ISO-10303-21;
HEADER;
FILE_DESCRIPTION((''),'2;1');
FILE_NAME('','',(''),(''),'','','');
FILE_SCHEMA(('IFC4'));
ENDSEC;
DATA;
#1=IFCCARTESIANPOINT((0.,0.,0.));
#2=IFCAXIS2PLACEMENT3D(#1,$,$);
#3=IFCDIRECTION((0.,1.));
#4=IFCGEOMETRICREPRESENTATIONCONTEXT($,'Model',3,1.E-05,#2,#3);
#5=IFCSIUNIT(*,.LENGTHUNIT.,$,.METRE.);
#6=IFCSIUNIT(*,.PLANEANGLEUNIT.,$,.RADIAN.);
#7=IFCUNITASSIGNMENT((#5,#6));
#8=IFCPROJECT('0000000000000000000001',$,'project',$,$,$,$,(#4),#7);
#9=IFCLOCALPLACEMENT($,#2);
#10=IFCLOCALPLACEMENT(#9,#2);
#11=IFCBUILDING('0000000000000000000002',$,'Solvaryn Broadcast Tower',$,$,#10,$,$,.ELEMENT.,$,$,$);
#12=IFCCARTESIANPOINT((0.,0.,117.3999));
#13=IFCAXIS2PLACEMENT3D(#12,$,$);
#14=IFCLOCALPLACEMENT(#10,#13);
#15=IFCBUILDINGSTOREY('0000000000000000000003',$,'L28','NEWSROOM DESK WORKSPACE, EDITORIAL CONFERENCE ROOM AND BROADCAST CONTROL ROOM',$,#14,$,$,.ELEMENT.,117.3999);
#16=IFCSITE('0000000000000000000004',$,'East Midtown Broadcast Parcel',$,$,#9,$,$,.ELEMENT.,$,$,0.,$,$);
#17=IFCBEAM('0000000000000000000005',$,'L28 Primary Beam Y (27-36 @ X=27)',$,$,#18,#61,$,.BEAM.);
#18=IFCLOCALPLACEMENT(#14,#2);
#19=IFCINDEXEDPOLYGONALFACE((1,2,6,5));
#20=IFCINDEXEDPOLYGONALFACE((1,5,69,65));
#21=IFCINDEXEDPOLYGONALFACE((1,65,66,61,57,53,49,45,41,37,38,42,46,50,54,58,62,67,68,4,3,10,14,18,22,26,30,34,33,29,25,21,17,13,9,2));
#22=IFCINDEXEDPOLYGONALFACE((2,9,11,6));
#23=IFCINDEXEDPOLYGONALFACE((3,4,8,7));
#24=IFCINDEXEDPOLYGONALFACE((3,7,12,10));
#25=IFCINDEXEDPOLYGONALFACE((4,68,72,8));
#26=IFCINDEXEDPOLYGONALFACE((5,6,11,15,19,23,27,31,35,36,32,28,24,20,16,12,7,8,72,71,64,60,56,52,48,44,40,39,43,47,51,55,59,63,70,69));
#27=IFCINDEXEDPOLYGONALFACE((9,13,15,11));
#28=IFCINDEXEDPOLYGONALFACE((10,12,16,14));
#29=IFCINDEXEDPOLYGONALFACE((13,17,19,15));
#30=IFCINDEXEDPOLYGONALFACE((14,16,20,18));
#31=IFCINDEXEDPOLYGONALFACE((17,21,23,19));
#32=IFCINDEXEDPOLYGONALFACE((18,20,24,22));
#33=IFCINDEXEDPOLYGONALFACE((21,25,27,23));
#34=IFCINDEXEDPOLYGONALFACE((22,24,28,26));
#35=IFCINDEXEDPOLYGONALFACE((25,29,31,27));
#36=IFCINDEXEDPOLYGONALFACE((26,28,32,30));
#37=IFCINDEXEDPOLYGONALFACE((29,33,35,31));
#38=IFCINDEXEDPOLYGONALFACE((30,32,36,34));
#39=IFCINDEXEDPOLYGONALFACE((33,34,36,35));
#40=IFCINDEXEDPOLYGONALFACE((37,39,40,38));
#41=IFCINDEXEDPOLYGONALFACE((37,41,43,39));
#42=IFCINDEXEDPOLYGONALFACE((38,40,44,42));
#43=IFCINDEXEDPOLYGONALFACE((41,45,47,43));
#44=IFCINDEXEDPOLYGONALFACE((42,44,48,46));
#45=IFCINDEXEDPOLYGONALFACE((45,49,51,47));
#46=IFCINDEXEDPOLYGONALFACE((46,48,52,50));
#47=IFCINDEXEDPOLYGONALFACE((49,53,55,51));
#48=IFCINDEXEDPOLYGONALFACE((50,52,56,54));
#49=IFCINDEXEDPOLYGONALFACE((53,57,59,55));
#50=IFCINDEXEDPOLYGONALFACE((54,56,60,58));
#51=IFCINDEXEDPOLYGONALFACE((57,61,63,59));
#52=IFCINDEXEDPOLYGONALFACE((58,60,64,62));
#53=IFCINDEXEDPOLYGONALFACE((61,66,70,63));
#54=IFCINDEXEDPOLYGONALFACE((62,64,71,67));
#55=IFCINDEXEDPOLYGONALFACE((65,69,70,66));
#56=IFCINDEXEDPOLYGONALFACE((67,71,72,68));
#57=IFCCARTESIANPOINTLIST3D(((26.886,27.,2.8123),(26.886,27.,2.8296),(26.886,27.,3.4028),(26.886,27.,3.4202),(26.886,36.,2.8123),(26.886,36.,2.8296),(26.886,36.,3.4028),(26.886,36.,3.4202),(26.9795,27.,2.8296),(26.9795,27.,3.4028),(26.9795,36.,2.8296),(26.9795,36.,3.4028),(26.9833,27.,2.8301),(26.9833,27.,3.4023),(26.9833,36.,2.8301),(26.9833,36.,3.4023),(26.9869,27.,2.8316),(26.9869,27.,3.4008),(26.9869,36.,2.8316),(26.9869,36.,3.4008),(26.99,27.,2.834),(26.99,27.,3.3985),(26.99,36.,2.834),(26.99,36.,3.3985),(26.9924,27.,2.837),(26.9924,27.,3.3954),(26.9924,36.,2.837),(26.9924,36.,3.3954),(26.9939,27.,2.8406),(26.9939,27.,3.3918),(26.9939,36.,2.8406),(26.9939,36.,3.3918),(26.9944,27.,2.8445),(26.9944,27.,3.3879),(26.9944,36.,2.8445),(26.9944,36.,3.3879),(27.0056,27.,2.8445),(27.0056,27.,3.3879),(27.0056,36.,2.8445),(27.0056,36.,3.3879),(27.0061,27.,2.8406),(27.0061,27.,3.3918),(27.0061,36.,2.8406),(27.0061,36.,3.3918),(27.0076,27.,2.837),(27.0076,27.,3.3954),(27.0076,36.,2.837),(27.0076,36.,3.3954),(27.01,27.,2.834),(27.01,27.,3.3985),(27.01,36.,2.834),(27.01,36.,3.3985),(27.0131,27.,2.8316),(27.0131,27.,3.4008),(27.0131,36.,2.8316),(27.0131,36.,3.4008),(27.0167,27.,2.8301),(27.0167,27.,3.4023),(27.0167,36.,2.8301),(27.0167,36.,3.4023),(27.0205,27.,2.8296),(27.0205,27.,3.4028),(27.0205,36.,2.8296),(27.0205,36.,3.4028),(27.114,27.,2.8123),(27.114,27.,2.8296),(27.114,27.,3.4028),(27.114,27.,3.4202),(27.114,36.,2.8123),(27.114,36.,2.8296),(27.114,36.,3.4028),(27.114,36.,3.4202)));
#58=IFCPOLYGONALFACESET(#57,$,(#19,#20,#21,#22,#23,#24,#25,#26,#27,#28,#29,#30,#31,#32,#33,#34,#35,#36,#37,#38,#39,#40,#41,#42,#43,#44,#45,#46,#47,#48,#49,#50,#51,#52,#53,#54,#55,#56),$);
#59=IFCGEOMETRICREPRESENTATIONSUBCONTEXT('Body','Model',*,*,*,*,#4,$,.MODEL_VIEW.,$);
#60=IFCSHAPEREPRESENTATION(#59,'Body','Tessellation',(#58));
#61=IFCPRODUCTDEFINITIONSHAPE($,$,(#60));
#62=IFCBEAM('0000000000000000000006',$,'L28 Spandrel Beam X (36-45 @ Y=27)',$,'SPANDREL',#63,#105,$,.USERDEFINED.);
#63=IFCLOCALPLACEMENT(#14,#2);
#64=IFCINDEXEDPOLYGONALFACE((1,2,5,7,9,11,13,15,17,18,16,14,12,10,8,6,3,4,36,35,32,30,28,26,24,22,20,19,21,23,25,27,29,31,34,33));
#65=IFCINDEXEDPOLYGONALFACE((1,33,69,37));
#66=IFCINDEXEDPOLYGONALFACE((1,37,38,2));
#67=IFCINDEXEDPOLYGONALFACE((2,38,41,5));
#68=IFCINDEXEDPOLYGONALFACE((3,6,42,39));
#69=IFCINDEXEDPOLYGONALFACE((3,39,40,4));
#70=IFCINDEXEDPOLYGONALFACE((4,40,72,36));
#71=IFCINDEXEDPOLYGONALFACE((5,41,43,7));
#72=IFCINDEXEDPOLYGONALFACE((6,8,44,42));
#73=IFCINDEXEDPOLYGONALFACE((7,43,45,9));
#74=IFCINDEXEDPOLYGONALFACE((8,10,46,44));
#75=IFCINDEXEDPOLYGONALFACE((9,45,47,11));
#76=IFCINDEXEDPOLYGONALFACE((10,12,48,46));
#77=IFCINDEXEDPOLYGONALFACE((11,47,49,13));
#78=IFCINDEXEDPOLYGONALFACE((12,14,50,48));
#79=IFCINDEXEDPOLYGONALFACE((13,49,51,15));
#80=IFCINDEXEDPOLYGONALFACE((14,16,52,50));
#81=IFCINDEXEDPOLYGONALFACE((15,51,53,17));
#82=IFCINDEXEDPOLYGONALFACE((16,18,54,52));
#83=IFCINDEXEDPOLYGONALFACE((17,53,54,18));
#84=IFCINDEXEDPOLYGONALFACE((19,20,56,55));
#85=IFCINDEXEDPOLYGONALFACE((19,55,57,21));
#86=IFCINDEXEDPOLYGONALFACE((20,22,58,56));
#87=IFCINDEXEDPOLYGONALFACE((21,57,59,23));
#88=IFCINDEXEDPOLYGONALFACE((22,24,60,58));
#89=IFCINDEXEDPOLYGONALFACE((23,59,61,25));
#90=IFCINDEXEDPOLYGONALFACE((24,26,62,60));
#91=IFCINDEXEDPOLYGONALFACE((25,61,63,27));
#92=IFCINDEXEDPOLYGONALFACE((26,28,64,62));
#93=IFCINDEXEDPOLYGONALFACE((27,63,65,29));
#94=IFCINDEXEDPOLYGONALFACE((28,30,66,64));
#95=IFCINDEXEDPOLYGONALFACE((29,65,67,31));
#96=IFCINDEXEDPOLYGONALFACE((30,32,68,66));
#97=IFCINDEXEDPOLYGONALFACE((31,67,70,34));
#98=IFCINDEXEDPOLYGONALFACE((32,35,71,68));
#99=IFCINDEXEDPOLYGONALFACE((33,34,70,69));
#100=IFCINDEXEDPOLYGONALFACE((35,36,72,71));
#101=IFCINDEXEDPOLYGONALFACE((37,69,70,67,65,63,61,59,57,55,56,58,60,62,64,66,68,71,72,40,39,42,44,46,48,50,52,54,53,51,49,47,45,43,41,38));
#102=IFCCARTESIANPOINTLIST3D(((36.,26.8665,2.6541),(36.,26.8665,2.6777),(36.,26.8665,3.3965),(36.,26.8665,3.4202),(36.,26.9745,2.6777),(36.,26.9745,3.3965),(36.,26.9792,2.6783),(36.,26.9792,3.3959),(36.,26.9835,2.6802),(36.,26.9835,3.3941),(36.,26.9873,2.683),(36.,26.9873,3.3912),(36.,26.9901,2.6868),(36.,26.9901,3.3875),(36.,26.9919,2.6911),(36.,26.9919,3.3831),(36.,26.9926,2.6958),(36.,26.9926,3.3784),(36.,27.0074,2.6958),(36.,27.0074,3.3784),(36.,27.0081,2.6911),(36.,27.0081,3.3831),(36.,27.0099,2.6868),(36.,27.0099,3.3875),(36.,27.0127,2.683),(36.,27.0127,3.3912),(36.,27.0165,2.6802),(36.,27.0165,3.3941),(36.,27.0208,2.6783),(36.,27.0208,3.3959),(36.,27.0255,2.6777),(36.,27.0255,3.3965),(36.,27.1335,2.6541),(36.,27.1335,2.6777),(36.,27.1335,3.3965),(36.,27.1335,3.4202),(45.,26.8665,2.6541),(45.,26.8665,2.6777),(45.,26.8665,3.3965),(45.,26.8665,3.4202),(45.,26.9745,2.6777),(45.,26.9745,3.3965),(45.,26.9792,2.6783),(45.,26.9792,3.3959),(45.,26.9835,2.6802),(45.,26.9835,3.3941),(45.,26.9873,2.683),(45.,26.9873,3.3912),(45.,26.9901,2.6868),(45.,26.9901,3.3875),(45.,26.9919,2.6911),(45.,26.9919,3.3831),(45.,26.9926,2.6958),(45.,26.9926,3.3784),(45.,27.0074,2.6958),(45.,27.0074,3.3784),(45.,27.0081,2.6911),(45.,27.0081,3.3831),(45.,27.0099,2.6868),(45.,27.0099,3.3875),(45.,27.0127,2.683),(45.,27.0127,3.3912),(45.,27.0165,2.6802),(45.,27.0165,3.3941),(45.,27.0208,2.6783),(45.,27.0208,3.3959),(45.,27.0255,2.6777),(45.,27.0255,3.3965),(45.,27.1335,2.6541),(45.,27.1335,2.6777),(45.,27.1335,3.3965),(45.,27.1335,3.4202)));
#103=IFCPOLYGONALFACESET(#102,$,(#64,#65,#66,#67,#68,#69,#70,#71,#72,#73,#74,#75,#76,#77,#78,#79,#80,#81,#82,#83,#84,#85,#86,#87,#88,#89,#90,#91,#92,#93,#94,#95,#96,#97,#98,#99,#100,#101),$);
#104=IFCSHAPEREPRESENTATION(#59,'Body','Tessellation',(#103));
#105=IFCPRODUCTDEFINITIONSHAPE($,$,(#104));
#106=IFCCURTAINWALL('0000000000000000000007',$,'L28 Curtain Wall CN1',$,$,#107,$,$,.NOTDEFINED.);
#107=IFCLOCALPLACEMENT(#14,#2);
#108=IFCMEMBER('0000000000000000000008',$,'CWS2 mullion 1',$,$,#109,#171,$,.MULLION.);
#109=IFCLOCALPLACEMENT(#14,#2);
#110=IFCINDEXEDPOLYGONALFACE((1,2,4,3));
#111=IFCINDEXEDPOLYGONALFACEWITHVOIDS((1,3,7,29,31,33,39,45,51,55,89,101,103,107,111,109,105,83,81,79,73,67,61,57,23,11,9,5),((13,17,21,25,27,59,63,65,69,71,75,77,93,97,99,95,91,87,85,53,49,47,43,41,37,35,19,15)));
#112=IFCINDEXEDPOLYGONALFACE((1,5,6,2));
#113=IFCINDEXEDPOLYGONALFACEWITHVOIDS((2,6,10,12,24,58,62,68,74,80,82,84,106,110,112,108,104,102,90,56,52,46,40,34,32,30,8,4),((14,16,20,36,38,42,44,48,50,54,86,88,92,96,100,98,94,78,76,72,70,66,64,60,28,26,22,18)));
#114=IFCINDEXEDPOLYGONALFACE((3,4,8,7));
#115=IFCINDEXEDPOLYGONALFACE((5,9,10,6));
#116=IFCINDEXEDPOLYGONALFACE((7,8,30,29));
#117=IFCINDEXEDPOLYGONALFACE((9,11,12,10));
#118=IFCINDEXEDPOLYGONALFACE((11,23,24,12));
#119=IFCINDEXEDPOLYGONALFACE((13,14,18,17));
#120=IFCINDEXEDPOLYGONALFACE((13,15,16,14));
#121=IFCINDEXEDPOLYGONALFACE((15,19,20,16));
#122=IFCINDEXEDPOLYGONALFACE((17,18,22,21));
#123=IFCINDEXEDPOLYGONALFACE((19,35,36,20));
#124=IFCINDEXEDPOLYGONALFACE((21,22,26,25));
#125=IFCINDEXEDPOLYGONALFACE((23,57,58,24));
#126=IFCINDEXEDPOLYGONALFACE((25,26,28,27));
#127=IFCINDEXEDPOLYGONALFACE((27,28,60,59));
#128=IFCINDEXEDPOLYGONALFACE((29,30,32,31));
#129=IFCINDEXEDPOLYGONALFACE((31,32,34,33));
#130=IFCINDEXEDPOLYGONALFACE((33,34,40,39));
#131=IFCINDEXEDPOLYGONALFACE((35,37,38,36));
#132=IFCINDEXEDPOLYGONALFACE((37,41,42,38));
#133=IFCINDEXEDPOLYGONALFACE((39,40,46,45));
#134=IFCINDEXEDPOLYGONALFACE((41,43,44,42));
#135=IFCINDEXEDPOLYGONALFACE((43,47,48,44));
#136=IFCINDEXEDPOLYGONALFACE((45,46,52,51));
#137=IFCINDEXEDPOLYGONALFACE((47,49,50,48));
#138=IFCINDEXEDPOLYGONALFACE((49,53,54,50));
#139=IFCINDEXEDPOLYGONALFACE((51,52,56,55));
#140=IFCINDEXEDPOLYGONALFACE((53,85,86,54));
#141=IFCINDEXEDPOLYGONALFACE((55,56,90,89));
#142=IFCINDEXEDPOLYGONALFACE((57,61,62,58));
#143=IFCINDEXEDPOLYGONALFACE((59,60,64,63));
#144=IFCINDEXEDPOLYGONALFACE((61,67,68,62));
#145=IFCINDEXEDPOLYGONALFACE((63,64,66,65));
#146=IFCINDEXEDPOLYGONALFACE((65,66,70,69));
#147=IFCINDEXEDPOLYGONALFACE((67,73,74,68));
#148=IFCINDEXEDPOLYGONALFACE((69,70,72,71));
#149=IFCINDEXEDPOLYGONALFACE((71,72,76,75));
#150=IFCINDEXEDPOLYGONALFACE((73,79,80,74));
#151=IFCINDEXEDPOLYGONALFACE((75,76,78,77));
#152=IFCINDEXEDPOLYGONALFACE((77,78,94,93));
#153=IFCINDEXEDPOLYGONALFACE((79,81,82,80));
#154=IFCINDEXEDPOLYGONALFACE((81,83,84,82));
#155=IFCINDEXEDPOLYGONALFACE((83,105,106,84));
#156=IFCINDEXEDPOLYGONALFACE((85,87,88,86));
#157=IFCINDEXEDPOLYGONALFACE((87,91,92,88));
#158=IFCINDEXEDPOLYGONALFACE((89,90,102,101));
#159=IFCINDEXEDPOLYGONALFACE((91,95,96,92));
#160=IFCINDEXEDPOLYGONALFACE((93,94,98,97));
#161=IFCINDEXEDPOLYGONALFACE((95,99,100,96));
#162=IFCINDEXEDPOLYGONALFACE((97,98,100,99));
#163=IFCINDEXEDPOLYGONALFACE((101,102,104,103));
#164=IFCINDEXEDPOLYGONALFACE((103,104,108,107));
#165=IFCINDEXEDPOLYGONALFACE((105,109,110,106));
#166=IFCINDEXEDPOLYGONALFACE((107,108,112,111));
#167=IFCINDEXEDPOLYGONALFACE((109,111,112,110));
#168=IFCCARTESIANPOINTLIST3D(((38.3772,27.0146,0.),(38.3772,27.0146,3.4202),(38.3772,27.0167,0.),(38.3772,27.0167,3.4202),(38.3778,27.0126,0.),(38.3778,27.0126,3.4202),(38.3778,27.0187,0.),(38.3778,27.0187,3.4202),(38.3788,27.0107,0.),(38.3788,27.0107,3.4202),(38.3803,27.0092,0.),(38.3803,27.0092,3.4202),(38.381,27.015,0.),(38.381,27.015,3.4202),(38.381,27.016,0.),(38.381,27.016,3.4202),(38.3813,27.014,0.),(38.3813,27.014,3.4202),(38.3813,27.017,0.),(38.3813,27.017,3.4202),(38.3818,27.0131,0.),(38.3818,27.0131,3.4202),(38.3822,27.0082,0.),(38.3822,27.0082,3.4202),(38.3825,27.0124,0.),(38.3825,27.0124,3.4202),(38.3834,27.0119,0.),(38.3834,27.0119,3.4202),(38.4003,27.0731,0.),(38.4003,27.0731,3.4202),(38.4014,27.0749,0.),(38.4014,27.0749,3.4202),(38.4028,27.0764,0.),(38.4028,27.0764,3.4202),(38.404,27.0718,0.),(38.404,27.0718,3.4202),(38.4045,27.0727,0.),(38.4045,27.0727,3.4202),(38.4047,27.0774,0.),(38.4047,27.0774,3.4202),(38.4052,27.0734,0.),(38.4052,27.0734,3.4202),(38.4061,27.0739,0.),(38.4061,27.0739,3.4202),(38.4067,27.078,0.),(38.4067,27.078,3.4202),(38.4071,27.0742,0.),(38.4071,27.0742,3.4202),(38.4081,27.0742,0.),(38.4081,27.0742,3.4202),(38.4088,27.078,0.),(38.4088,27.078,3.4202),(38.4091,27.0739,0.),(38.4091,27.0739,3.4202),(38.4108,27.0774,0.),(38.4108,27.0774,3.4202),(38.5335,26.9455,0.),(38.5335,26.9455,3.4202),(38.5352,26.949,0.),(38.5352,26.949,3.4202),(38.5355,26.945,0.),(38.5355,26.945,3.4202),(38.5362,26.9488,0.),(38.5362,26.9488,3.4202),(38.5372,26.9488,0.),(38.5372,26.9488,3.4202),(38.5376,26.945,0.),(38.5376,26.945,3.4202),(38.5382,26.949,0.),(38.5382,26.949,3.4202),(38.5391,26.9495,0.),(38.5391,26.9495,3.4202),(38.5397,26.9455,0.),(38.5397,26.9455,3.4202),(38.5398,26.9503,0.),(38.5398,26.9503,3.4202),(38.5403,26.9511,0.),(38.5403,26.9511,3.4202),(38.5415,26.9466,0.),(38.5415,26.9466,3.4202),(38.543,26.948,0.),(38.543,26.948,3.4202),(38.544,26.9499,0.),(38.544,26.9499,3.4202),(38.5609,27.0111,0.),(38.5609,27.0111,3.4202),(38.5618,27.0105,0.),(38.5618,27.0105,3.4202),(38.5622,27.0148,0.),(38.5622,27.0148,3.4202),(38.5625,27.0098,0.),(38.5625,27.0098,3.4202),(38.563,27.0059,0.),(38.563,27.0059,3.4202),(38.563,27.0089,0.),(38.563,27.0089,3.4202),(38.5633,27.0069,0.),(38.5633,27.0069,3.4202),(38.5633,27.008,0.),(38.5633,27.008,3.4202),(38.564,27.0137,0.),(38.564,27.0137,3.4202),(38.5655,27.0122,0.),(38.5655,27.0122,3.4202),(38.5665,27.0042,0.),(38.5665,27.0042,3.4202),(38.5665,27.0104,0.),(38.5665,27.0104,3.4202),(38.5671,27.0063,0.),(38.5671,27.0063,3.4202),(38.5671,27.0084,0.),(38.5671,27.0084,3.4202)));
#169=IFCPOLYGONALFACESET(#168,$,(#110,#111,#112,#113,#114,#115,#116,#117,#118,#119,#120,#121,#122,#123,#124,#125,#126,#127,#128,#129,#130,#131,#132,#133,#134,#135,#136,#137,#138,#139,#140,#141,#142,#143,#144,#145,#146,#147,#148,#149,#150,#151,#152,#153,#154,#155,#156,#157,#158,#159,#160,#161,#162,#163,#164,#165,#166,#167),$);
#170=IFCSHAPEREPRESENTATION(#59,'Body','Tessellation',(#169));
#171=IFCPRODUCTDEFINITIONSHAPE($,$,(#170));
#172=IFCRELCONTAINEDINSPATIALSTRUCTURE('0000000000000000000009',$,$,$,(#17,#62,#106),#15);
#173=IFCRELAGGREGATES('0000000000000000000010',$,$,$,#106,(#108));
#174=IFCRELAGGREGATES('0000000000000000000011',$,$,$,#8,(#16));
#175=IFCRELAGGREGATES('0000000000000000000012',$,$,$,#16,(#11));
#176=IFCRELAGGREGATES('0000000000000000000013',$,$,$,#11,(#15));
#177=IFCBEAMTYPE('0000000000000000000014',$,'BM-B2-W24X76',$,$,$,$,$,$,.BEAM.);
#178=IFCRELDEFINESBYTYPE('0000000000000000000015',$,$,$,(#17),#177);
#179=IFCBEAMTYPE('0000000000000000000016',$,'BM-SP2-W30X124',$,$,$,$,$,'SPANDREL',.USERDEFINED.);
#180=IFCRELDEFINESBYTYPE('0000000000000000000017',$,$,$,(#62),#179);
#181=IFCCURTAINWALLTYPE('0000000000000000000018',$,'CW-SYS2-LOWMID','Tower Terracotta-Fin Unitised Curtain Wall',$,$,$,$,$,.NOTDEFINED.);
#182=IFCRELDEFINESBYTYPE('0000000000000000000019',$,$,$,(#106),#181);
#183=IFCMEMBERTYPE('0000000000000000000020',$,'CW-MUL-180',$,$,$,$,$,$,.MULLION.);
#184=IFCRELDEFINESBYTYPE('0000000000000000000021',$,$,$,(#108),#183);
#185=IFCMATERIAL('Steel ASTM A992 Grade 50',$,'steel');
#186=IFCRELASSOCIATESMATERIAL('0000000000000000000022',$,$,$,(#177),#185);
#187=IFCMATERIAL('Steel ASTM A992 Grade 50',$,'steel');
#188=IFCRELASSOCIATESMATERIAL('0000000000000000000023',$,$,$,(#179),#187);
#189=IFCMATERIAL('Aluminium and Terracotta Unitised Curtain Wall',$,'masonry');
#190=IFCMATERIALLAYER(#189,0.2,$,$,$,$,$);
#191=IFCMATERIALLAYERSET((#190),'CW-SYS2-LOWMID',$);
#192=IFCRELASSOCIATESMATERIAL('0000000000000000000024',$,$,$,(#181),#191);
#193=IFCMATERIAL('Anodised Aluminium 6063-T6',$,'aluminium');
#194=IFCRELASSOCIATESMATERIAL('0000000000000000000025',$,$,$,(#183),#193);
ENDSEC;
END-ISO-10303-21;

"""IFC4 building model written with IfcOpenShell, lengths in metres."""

from ifc_helpers import new_model, si_unit, direction, frame, origin, origin_2d, place, context, subcontext, project, spatial, hollow_rectangle, i_section, extrude, material, layer, layer_set, material_profile, profile_set, type_object, element, aggregate, save


model = new_model("IFC4")

# Units and contexts
model_context = context("Model", 3, precision=1e-05, world=origin(), true_north=direction((0.0, 1.0)))
body_context = subcontext(model_context, "Body", "Model", "MODEL_VIEW")
ifc_project = project(units=[si_unit("LENGTHUNIT", "METRE"), si_unit("PLANEANGLEUNIT", "RADIAN")], contexts=[model_context])

# Site, building, storey
site_placement = place(None, origin())
site = spatial("IfcSite", under=ifc_project, at=site_placement, Name="East Midtown Broadcast Parcel", CompositionType="ELEMENT", RefElevation=0.0)
building_placement = place(site_placement, origin())
building = spatial("IfcBuilding", under=site, at=building_placement, Name="Solvaryn Broadcast Tower", CompositionType="ELEMENT")
storey_placement = place(building_placement, frame((0.0, 0.0, 117.3999)))
storey = spatial("IfcBuildingStorey", under=building, at=storey_placement, Name="L28", Description="NEWSROOM DESK WORKSPACE, EDITORIAL CONFERENCE ROOM AND BROADCAST CONTROL ROOM", CompositionType="ELEMENT", Elevation=117.3999)

# Beams
ifc_material_1 = material(Name="Steel ASTM A992 Grade 50", Category="steel")
ifc_material_profile_1 = material_profile(ifc_material_1, i_section(OverallWidth=0.228, OverallDepth=0.6079, WebThickness=0.0112, FlangeThickness=0.0173, FilletRadius=0.0149, at=origin_2d()))
ifc_profile_set_1 = profile_set([ifc_material_profile_1], Name="Steel ASTM A992 Grade 50")
beam_type_1 = type_object("IfcBeamType", Name="BM-B2-W24X76", PredefinedType="BEAM", material=ifc_profile_set_1)
beam_1_placement = place(storey_placement, frame((27.0, 27.0, 3.1162), z_axis=(0.0, 1.0, 0.0), x_axis=(-1.0, 0.0, 0.0)))
element("IfcBeam", 1, at=beam_1_placement, inside=storey, type_object=beam_type_1, Name="L28 Primary Beam Y (27-36 @ X=27)", PredefinedType="BEAM", context=body_context, shape_type="SweptSolid", body=[
    extrude(i_section(OverallWidth=0.228, OverallDepth=0.6079, WebThickness=0.0112, FlangeThickness=0.0173, FilletRadius=0.0149, at=origin_2d()), origin(), (0.0, 0.0, 1.0), 9.0),
])
ifc_material_2 = material(Name="Steel ASTM A992 Grade 50", Category="steel")
ifc_material_profile_2 = material_profile(ifc_material_2, i_section(OverallWidth=0.2671, OverallDepth=0.7661, WebThickness=0.0149, FlangeThickness=0.0237, FilletRadius=0.0181, at=origin_2d()))
ifc_profile_set_2 = profile_set([ifc_material_profile_2], Name="Steel ASTM A992 Grade 50")
beam_type_2 = type_object("IfcBeamType", Name="BM-SP2-W30X124", ElementType="SPANDREL", PredefinedType="USERDEFINED", material=ifc_profile_set_2)
beam_2_placement = place(storey_placement, frame((36.0, 27.0, 3.0371), z_axis=(1.0, 0.0, 0.0), x_axis=(0.0, 1.0, 0.0)))
element("IfcBeam", 2, at=beam_2_placement, inside=storey, type_object=beam_type_2, Name="L28 Spandrel Beam X (36-45 @ Y=27)", ObjectType="SPANDREL", PredefinedType="USERDEFINED", context=body_context, shape_type="SweptSolid", body=[
    extrude(i_section(OverallWidth=0.2671, OverallDepth=0.7661, WebThickness=0.0149, FlangeThickness=0.0237, FilletRadius=0.0181, at=origin_2d()), origin(), (0.0, 0.0, 1.0), 9.0),
])

# Curtain wall, member
ifc_material_3 = material(Name="Aluminium and Terracotta Unitised Curtain Wall", Category="masonry")
ifc_layer_1 = layer(ifc_material_3, 0.2)
ifc_layer_set_1 = layer_set([ifc_layer_1], Name="CW-SYS2-LOWMID")
curtain_wall_type = type_object("IfcCurtainWallType", Name="CW-SYS2-LOWMID", Description="Tower Terracotta-Fin Unitised Curtain Wall", PredefinedType="NOTDEFINED", material=ifc_layer_set_1)
curtain_wall_1_placement = place(storey_placement, origin())
curtain_wall_1 = element("IfcCurtainWall", 3, at=curtain_wall_1_placement, inside=storey, type_object=curtain_wall_type, Name="L28 Curtain Wall CN1", PredefinedType="NOTDEFINED")
ifc_material_4 = material(Name="Anodised Aluminium 6063-T6", Category="aluminium")
ifc_material_profile_3 = material_profile(ifc_material_4, hollow_rectangle(XDim=0.075, YDim=0.1799, WallThickness=0.0039, InnerFilletRadius=0.0039, OuterFilletRadius=0.0081, at=origin_2d()))
ifc_profile_set_3 = profile_set([ifc_material_profile_3], Name="Anodised Aluminium 6063-T6")
member_type_1 = type_object("IfcMemberType", Name="CW-MUL-180", PredefinedType="MULLION", material=ifc_profile_set_3)
member_1_placement = place(storey_placement, frame((38.4722, 27.0115, 0.0), z_axis=(0.0, 0.0, 1.0), x_axis=(-0.382646, -0.923895, 0.0)))
member_1 = element("IfcMember", 4, at=member_1_placement, type_object=member_type_1, Name="CWS2 mullion 1", PredefinedType="MULLION", context=body_context, shape_type="SweptSolid", body=[
    extrude(hollow_rectangle(XDim=0.075, YDim=0.1799, WallThickness=0.0039, InnerFilletRadius=0.0039, OuterFilletRadius=0.0081, at=origin_2d()), origin(), (0.0, 0.0, 1.0), 3.4202),
])

aggregate(curtain_wall_1, [member_1])

save(model, "model.ifc")
